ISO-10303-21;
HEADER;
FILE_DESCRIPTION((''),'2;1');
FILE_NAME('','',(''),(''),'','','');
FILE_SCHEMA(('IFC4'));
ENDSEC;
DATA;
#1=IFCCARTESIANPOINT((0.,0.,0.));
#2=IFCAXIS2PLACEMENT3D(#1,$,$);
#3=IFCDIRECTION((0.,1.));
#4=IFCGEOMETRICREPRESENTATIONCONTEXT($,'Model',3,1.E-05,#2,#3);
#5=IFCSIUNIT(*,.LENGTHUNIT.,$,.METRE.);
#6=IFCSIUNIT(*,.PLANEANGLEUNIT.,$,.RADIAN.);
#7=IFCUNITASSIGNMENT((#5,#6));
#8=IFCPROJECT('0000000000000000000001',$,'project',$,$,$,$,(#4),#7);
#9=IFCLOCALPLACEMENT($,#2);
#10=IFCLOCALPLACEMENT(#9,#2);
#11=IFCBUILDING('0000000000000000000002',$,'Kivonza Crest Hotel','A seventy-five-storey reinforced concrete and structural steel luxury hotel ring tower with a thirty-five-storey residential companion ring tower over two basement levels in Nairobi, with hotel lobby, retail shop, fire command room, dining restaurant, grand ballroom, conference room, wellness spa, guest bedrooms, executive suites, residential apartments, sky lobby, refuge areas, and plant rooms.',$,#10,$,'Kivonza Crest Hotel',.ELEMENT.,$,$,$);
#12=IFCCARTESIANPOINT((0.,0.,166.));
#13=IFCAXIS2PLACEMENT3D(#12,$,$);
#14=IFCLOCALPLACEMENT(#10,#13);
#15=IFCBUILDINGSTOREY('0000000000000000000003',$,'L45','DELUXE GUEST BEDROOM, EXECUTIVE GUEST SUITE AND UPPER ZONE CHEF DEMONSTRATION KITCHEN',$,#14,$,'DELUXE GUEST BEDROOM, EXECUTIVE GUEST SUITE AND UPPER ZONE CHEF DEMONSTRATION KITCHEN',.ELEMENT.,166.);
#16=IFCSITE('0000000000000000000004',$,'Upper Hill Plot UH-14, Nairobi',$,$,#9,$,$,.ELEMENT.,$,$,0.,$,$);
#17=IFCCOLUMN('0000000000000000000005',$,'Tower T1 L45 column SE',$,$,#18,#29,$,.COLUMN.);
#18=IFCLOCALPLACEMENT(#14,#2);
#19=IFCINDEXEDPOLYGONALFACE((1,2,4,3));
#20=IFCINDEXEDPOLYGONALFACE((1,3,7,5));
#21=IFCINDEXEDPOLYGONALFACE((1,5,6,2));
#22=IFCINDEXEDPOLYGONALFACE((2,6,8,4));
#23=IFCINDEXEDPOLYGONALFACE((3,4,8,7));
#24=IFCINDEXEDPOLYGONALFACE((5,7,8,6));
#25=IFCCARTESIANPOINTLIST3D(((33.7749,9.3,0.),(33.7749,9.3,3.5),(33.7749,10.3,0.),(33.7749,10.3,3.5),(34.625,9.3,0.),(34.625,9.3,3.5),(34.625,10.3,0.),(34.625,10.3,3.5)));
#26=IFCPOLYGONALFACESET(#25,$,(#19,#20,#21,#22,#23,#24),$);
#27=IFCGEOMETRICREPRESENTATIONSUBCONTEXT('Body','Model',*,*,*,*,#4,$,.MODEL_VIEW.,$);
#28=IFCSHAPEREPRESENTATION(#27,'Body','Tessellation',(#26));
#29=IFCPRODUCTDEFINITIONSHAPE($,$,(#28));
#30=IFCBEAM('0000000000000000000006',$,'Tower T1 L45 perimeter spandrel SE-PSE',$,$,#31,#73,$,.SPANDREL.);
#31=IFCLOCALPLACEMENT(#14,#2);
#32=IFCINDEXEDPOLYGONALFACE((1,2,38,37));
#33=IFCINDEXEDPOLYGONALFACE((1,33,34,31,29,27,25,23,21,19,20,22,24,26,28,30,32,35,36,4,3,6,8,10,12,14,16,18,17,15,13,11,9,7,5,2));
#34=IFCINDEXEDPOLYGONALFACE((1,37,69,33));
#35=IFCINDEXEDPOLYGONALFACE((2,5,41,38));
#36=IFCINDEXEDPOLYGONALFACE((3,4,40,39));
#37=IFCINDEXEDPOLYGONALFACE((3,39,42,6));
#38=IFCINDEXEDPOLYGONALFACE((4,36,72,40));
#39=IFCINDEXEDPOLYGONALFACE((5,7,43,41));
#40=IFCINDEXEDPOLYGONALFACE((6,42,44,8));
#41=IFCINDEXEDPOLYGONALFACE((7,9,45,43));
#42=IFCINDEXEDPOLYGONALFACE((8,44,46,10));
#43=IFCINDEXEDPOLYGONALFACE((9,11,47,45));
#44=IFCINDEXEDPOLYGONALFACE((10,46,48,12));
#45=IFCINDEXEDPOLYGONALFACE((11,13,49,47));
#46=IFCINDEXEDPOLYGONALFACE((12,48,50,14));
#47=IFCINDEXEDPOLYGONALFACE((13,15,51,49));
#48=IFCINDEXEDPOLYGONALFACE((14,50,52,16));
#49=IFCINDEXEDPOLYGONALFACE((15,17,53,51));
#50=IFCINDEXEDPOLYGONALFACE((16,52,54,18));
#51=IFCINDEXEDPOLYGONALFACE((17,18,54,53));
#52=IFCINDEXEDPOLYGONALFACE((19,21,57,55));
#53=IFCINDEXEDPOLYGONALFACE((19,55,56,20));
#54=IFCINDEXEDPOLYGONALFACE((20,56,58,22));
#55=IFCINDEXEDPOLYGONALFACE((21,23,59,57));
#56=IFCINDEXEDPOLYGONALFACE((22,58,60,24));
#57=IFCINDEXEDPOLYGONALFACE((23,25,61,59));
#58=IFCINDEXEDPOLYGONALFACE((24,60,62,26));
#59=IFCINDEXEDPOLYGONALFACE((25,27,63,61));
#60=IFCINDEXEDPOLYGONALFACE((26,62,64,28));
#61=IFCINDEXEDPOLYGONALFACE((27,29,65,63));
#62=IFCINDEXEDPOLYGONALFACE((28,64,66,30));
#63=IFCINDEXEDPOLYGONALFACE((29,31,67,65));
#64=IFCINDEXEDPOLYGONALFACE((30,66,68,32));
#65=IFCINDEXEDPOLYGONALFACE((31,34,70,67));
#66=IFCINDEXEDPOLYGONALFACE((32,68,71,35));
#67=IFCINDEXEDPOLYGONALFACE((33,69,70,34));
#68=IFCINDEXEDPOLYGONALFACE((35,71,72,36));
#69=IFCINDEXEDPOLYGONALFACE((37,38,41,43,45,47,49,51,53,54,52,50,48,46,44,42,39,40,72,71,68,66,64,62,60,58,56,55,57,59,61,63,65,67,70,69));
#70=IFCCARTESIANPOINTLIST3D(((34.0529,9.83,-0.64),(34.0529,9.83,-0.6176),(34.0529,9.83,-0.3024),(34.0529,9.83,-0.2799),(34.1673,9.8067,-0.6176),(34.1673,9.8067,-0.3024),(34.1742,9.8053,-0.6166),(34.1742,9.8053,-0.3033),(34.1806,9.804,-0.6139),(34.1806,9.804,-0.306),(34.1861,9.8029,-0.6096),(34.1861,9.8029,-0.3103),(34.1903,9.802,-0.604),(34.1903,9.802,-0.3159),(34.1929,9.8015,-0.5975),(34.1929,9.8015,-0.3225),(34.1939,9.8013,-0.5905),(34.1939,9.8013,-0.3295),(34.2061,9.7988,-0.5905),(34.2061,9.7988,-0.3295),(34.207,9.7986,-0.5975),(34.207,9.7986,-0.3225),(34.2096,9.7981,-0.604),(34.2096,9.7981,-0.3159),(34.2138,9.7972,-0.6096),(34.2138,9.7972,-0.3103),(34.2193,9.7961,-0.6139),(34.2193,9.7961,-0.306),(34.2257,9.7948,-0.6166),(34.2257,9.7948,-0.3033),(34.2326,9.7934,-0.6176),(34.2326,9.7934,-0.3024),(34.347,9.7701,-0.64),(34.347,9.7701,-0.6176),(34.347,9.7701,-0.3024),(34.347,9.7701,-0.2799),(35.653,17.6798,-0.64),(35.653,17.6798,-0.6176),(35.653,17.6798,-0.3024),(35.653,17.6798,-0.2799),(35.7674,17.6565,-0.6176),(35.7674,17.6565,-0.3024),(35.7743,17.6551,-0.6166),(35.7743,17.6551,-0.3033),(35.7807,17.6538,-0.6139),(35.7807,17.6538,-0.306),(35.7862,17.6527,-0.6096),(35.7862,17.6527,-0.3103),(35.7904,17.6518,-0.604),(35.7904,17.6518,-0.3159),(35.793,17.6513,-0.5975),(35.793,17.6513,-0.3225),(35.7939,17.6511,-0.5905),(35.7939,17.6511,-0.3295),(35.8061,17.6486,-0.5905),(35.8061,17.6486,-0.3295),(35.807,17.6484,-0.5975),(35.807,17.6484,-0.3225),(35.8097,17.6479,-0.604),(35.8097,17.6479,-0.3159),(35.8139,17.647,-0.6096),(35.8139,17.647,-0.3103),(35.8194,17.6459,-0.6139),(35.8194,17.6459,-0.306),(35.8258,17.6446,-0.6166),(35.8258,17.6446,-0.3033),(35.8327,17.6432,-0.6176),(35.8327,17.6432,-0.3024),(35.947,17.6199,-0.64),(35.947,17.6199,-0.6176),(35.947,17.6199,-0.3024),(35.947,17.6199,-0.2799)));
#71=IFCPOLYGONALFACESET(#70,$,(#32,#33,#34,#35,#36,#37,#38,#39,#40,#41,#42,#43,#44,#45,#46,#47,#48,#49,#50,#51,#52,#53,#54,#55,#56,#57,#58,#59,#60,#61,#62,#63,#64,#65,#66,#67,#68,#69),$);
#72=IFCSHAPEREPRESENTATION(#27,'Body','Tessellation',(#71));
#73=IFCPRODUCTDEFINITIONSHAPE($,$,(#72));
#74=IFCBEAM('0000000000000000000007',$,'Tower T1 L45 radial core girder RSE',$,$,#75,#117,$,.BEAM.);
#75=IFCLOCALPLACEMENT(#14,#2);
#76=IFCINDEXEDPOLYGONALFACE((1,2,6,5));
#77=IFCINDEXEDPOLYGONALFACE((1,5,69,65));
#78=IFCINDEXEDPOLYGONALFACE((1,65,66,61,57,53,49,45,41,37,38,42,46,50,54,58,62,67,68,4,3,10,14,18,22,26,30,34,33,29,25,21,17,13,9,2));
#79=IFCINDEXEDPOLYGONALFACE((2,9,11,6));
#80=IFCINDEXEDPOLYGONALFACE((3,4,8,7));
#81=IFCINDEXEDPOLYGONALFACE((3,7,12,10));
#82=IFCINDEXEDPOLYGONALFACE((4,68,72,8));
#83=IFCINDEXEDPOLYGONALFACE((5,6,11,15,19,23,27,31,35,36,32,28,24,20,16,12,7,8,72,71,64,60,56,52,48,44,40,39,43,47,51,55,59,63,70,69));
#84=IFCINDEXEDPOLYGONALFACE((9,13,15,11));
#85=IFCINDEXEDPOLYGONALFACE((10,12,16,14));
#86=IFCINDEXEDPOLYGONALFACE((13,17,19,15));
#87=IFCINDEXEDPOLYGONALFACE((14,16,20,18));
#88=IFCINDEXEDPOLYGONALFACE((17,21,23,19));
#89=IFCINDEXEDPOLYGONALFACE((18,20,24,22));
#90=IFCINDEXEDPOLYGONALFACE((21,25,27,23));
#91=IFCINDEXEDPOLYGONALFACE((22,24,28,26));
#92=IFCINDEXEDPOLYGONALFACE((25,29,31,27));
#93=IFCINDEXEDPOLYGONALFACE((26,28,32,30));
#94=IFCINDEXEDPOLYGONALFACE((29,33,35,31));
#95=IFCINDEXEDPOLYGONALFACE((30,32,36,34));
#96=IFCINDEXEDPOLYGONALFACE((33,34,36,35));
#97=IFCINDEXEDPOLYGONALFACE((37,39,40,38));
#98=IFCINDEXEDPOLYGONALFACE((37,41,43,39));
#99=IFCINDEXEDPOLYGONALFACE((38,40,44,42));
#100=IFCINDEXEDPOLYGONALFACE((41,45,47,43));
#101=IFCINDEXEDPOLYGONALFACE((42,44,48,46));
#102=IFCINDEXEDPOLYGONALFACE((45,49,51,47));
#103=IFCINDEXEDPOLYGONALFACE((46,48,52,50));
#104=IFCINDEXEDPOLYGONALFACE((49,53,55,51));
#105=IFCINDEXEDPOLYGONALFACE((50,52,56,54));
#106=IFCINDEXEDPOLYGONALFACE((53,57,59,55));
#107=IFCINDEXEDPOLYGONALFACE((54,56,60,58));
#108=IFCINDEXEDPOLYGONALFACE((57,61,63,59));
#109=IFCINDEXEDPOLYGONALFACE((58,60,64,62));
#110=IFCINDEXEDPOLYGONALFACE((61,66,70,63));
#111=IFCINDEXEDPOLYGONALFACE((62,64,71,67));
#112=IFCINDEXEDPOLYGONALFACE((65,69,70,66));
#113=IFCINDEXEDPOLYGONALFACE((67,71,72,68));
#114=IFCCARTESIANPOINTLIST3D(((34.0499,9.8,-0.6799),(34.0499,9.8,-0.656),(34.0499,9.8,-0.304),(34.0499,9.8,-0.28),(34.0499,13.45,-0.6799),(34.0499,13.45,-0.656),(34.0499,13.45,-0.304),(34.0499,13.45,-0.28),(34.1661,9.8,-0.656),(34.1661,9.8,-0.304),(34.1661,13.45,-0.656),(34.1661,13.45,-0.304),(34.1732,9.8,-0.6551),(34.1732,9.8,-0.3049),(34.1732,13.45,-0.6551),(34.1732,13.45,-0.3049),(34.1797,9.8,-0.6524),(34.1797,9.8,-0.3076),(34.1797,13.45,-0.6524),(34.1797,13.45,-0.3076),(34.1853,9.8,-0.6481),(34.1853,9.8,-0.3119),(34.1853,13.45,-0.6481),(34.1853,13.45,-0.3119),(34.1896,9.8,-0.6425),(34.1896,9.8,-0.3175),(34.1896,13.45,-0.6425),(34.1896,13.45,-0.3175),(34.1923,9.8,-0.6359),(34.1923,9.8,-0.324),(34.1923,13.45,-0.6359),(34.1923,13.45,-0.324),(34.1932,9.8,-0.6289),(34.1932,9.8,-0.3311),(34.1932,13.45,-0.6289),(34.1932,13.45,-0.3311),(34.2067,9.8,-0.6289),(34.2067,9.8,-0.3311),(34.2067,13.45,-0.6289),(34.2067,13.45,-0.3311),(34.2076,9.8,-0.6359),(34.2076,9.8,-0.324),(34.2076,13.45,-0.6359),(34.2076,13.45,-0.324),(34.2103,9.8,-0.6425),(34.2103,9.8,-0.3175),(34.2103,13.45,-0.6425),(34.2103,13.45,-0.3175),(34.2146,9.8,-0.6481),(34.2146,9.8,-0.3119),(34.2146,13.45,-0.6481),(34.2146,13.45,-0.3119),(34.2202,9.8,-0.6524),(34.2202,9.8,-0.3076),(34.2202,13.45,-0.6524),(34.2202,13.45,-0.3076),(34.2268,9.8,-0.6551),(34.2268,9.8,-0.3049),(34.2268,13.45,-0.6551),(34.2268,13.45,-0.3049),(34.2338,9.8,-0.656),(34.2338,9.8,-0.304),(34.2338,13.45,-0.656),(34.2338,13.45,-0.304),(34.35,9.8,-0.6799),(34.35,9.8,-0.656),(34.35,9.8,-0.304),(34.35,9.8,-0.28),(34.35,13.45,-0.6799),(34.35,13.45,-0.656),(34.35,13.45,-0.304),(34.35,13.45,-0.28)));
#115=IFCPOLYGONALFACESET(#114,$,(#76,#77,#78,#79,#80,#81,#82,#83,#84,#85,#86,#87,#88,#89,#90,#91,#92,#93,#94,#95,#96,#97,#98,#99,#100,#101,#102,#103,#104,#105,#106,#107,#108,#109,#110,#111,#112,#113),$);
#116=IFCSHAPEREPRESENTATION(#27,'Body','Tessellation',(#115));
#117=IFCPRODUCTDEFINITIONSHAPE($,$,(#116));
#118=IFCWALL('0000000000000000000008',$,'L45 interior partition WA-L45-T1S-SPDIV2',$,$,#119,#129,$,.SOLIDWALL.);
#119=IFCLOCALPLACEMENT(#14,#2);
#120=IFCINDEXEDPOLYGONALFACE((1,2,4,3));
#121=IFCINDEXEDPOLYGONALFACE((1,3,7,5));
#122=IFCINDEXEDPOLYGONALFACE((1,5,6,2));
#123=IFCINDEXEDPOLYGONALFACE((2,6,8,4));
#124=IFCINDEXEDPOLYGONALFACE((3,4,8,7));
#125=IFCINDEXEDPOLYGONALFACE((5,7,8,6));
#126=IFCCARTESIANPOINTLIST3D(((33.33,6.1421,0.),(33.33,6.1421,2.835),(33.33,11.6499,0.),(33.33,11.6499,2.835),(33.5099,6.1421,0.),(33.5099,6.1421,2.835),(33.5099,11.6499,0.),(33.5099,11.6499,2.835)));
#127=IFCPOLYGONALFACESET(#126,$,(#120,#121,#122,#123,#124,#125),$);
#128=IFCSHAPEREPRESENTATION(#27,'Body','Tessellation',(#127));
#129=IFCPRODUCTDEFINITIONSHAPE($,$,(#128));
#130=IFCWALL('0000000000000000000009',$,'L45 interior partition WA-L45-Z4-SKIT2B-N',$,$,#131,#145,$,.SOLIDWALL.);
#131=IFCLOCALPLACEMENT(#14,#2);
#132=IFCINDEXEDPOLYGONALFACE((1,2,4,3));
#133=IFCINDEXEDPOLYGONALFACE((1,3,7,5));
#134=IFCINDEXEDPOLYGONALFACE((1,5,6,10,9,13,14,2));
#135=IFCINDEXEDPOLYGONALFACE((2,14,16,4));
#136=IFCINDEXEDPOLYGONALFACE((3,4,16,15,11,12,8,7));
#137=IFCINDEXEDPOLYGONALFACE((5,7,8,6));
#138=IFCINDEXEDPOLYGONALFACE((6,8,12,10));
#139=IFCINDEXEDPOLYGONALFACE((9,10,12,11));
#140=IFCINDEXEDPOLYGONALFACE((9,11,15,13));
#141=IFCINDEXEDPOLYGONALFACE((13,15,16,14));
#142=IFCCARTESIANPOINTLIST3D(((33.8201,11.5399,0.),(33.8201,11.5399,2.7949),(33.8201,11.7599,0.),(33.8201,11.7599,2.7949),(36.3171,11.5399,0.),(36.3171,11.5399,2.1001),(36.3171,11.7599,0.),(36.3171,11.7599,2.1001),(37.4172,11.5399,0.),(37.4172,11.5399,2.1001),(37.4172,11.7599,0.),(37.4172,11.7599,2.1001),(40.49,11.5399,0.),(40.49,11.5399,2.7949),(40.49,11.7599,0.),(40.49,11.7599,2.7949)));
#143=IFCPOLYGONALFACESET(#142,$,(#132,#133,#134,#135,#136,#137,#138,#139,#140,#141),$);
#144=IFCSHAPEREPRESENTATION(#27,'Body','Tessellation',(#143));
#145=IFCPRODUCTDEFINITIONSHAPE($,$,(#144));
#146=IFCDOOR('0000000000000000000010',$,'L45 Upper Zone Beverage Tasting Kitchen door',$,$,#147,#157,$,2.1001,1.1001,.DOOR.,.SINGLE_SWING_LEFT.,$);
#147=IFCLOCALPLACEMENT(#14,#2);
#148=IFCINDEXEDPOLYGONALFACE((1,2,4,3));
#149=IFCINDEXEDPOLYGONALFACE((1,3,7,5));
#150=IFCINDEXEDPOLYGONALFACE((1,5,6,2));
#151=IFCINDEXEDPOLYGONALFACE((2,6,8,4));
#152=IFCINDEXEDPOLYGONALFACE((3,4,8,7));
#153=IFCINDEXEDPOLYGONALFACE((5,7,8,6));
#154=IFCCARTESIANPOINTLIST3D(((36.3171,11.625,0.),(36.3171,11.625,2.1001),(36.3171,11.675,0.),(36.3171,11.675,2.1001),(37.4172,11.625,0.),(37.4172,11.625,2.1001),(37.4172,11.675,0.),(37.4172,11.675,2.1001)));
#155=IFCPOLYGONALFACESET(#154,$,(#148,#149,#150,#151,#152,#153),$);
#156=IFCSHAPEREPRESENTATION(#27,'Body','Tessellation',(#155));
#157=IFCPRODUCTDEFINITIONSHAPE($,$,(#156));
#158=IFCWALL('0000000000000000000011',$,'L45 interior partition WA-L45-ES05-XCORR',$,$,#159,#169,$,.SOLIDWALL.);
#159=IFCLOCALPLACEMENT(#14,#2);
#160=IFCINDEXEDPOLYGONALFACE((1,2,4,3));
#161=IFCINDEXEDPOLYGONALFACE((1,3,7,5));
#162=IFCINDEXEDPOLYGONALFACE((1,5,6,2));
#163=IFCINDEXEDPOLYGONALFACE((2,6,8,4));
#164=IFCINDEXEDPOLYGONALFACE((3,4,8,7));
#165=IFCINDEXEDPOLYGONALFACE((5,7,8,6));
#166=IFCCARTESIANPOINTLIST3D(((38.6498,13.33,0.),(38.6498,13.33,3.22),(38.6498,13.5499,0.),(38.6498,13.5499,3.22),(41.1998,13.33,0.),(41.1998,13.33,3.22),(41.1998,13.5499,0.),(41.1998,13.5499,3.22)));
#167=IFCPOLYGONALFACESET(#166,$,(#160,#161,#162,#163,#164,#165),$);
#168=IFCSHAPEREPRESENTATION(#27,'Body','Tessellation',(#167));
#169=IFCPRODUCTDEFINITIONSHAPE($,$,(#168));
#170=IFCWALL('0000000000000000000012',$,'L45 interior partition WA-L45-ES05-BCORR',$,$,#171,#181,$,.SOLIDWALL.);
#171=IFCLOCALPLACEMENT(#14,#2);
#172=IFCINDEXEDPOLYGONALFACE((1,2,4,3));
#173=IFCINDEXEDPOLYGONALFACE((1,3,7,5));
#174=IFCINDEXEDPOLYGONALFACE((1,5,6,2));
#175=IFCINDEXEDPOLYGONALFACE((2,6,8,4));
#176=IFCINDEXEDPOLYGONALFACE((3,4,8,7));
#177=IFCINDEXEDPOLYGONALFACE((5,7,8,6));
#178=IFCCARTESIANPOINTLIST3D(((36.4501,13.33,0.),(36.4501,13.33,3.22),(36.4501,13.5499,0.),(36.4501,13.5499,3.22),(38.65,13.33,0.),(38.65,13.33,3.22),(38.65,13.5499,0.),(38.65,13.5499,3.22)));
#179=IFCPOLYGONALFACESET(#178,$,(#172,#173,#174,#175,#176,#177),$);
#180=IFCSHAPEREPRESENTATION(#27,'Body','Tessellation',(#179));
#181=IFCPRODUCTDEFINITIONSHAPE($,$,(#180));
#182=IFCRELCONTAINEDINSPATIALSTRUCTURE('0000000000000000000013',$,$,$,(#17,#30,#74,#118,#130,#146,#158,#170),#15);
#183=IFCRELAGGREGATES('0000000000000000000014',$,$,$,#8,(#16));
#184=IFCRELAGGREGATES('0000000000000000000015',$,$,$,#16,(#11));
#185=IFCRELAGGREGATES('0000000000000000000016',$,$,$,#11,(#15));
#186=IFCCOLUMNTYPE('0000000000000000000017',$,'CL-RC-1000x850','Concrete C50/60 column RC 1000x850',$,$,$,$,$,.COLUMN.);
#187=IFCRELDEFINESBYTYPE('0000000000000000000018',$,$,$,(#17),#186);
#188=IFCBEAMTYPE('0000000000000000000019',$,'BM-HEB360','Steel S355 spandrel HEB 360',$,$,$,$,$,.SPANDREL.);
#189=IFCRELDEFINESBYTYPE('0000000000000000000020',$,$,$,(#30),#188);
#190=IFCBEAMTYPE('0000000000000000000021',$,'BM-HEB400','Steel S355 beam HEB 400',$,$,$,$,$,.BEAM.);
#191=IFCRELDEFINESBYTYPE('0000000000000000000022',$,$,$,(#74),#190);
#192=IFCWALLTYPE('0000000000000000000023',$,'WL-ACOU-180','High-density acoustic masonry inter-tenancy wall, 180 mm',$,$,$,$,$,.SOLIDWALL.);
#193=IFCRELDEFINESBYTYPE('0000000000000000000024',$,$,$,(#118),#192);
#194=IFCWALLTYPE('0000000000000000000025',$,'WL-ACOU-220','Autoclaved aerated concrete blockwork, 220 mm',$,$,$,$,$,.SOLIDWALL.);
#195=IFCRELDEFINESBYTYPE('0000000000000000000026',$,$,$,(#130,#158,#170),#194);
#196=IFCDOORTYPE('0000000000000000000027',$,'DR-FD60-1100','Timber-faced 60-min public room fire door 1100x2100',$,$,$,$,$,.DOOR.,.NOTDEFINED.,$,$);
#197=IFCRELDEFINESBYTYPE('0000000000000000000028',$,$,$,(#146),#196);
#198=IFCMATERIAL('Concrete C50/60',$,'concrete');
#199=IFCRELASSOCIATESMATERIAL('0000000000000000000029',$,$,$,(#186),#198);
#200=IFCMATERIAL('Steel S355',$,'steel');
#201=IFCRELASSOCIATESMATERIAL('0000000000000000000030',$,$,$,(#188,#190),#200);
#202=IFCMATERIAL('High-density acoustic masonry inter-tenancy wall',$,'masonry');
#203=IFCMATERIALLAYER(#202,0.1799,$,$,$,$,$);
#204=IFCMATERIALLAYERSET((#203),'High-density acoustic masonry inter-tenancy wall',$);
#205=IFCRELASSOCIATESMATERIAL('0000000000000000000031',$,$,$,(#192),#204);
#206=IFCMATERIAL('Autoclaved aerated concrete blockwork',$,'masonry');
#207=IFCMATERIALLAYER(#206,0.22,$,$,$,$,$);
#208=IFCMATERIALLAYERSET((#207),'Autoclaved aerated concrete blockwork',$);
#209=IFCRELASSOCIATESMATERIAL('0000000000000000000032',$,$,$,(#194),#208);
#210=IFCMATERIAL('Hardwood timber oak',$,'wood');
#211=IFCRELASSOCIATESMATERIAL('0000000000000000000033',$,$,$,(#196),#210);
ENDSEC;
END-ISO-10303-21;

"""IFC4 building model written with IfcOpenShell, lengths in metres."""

from ifc_helpers import new_model, si_unit, direction, frame, frame_2d, origin, origin_2d, place, context, subcontext, project, spatial, rectangle, i_section, extrude, material, layer, layer_set, material_profile, profile_set, type_object, element, fill, save


model = new_model("IFC4")

# Units and contexts
model_context = context("Model", 3, precision=1e-05, world=origin(), true_north=direction((0.0, 1.0)))
body_context = subcontext(model_context, "Body", "Model", "MODEL_VIEW")
ifc_project = project(units=[si_unit("LENGTHUNIT", "METRE"), si_unit("PLANEANGLEUNIT", "RADIAN")], contexts=[model_context])

# Site, building, storey
site_placement = place(None, origin())
site = spatial("IfcSite", under=ifc_project, at=site_placement, Name="Upper Hill Plot UH-14, Nairobi", CompositionType="ELEMENT", RefElevation=0.0)
building_placement = place(site_placement, origin())
building = spatial("IfcBuilding", under=site, at=building_placement, Name="Kivonza Crest Hotel", Description="A seventy-five-storey reinforced concrete and structural steel luxury hotel ring tower with a thirty-five-storey residential companion ring tower over two basement levels in Nairobi, with hotel lobby, retail shop, fire command room, dining restaurant, grand ballroom, conference room, wellness spa, guest bedrooms, executive suites, residential apartments, sky lobby, refuge areas, and plant rooms.", LongName="Kivonza Crest Hotel", CompositionType="ELEMENT")
storey_placement = place(building_placement, frame((0.0, 0.0, 166.0)))
storey = spatial("IfcBuildingStorey", under=building, at=storey_placement, Name="L45", Description="DELUXE GUEST BEDROOM, EXECUTIVE GUEST SUITE AND UPPER ZONE CHEF DEMONSTRATION KITCHEN", LongName="DELUXE GUEST BEDROOM, EXECUTIVE GUEST SUITE AND UPPER ZONE CHEF DEMONSTRATION KITCHEN", CompositionType="ELEMENT", Elevation=166.0)

# Column
ifc_material_1 = material(Name="Concrete C50/60", Category="concrete")
ifc_material_profile_1 = material_profile(ifc_material_1, rectangle(XDim=0.8501, YDim=1.0, at=origin_2d()), Name="RC 1000x850")
ifc_profile_set_1 = profile_set([ifc_material_profile_1], Name="Concrete C50/60")
column_type = type_object("IfcColumnType", Name="CL-RC-1000x850", Description="Concrete C50/60 column RC 1000x850", PredefinedType="COLUMN", material=ifc_profile_set_1)
column_placement = place(storey_placement, frame((34.2, 9.8, 0.0), z_axis=(0.0, 0.0, 1.0), x_axis=(1.0, 0.0, 0.0)))
element("IfcColumn", 1, at=column_placement, inside=storey, type_object=column_type, Name="Tower T1 L45 column SE", PredefinedType="COLUMN", context=body_context, shape_type="SweptSolid", body=[
    extrude(rectangle(XDim=0.8501, YDim=1.0, at=origin_2d()), origin(), (0.0, 0.0, 1.0), 3.5),
])

# Beams
ifc_material_2 = material(Name="Steel S355", Category="steel")
ifc_material_profile_2 = material_profile(ifc_material_2, i_section(OverallWidth=0.3, OverallDepth=0.3601, WebThickness=0.0125, FlangeThickness=0.0225, FilletRadius=0.0271, at=origin_2d()), Name="HEB 360")
ifc_profile_set_2 = profile_set([ifc_material_profile_2], Name="Steel S355")
beam_type_1 = type_object("IfcBeamType", Name="BM-HEB360", Description="Steel S355 spandrel HEB 360", PredefinedType="SPANDREL", material=ifc_profile_set_2)
beam_1_placement = place(storey_placement, frame((34.2, 9.8, -0.46), z_axis=(0.199731, 0.979851, 0.0), x_axis=(-0.979851, 0.199731, 0.0)))
element("IfcBeam", 2, at=beam_1_placement, inside=storey, type_object=beam_type_1, Name="Tower T1 L45 perimeter spandrel SE-PSE", PredefinedType="SPANDREL", context=body_context, shape_type="SweptSolid", body=[
    extrude(i_section(OverallWidth=0.3, OverallDepth=0.3601, WebThickness=0.0125, FlangeThickness=0.0225, FilletRadius=0.0271, at=origin_2d()), origin(), (0.0, 0.0, 1.0), 8.0112),
])
ifc_material_profile_3 = material_profile(ifc_material_2, i_section(OverallWidth=0.3, OverallDepth=0.3999, WebThickness=0.0134, FlangeThickness=0.0239, FilletRadius=0.0271, at=origin_2d()), Name="HEB 400")
ifc_profile_set_3 = profile_set([ifc_material_profile_3], Name="Steel S355")
beam_type_2 = type_object("IfcBeamType", Name="BM-HEB400", Description="Steel S355 beam HEB 400", PredefinedType="BEAM", material=ifc_profile_set_3)
beam_2_placement = place(storey_placement, frame((34.2, 9.8, -0.48), z_axis=(0.0, 1.0, 0.0), x_axis=(-1.0, 0.0, 0.0)))
element("IfcBeam", 3, at=beam_2_placement, inside=storey, type_object=beam_type_2, Name="Tower T1 L45 radial core girder RSE", PredefinedType="BEAM", context=body_context, shape_type="SweptSolid", body=[
    extrude(i_section(OverallWidth=0.3, OverallDepth=0.3999, WebThickness=0.0134, FlangeThickness=0.0239, FilletRadius=0.0271, at=origin_2d()), origin(), (0.0, 0.0, 1.0), 3.6499),
])

# Wall
ifc_material_3 = material(Name="High-density acoustic masonry inter-tenancy wall", Category="masonry")
ifc_layer_1 = layer(ifc_material_3, 0.1799)
ifc_layer_set_1 = layer_set([ifc_layer_1], Name="High-density acoustic masonry inter-tenancy wall")
wall_type_1 = type_object("IfcWallType", Name="WL-ACOU-180", Description="High-density acoustic masonry inter-tenancy wall, 180 mm", PredefinedType="SOLIDWALL", material=ifc_layer_set_1)
wall_1_placement = place(storey_placement, frame((33.4199, 6.1421, 0.0), z_axis=(0.0, 0.0, 1.0), x_axis=(0.0, 1.0, 0.0)))
element("IfcWall", 4, at=wall_1_placement, inside=storey, type_object=wall_type_1, Name="L45 interior partition WA-L45-T1S-SPDIV2", PredefinedType="SOLIDWALL", context=body_context, shape_type="SweptSolid", body=[
    extrude(rectangle(XDim=5.5078, YDim=0.1799, at=frame_2d((2.7539, 0.0))), origin(), (0.0, 0.0, 1.0), 2.835),
])

# Wall, opening, door
ifc_material_4 = material(Name="Autoclaved aerated concrete blockwork", Category="masonry")
ifc_layer_2 = layer(ifc_material_4, 0.22)
ifc_layer_set_2 = layer_set([ifc_layer_2], Name="Autoclaved aerated concrete blockwork")
wall_type_2 = type_object("IfcWallType", Name="WL-ACOU-220", Description="Autoclaved aerated concrete blockwork, 220 mm", PredefinedType="SOLIDWALL", material=ifc_layer_set_2)
wall_2_placement = place(storey_placement, frame((33.8201, 11.6499, 0.0), z_axis=(0.0, 0.0, 1.0), x_axis=(1.0, 0.0, 0.0)))
wall_2 = element("IfcWall", 5, at=wall_2_placement, inside=storey, type_object=wall_type_2, Name="L45 interior partition WA-L45-Z4-SKIT2B-N", PredefinedType="SOLIDWALL", context=body_context, shape_type="SweptSolid", body=[
    extrude(rectangle(XDim=6.6699, YDim=0.22, at=frame_2d((3.335, 0.0))), origin(), (0.0, 0.0, 1.0), 2.7949),
])
opening_1_placement = place(wall_2_placement, frame((2.4971, 0.0, 0.0)))
opening_1 = element("IfcOpeningElement", 6, at=opening_1_placement, cuts=wall_2, PredefinedType="OPENING", context=body_context, shape_type="SweptSolid", body=[
    extrude(rectangle(XDim=1.1001, YDim=2.1001, at=frame_2d((0.55, 1.05))), frame((0.0, 0.1201, 0.0), z_axis=(0.0, -1.0, 0.0), x_axis=(1.0, 0.0, 0.0)), (0.0, 0.0, 1.0), 0.24),
])
ifc_material_5 = material(Name="Hardwood timber oak", Category="wood")
door_type_1 = type_object("IfcDoorType", Name="DR-FD60-1100", Description="Timber-faced 60-min public room fire door 1100x2100", OperationType="NOTDEFINED", PredefinedType="DOOR", material=ifc_material_5)
door_1_placement = place(opening_1_placement, frame((1.1001, 0.0, 0.0), z_axis=(0.0, 0.0, 1.0), x_axis=(-1.0, 0.0, 0.0)))
door_1 = element("IfcDoor", 7, at=door_1_placement, inside=storey, type_object=door_type_1, Name="L45 Upper Zone Beverage Tasting Kitchen door", OperationType="SINGLE_SWING_LEFT", OverallHeight=2.1001, OverallWidth=1.1001, PredefinedType="DOOR", context=body_context, shape_type="SweptSolid", body=[
    extrude(rectangle(XDim=1.1001, YDim=2.1001, at=frame_2d((0.55, 1.05))), frame((0.0, 0.0249, 0.0), z_axis=(0.0, -1.0, 0.0), x_axis=(1.0, 0.0, 0.0)), (0.0, 0.0, 1.0), 0.05),
])
fill(opening_1, door_1)

# Walls
wall_3_placement = place(storey_placement, frame((38.6499, 13.4399, 0.0), z_axis=(0.0, 0.0, 1.0), x_axis=(1.0, 0.0, 0.0)))
element("IfcWall", 8, at=wall_3_placement, inside=storey, type_object=wall_type_2, Name="L45 interior partition WA-L45-ES05-XCORR", PredefinedType="SOLIDWALL", context=body_context, shape_type="SweptSolid", body=[
    extrude(rectangle(XDim=2.55, YDim=0.22, at=frame_2d((1.2749, 0.0))), origin(), (0.0, 0.0, 1.0), 3.22),
])
wall_4_placement = place(storey_placement, frame((36.45, 13.4399, 0.0), z_axis=(0.0, 0.0, 1.0), x_axis=(1.0, 0.0, 0.0)))
element("IfcWall", 9, at=wall_4_placement, inside=storey, type_object=wall_type_2, Name="L45 interior partition WA-L45-ES05-BCORR", PredefinedType="SOLIDWALL", context=body_context, shape_type="SweptSolid", body=[
    extrude(rectangle(XDim=2.2, YDim=0.22, at=frame_2d((1.1001, 0.0))), origin(), (0.0, 0.0, 1.0), 3.22),
])

save(model, "model.ifc")
